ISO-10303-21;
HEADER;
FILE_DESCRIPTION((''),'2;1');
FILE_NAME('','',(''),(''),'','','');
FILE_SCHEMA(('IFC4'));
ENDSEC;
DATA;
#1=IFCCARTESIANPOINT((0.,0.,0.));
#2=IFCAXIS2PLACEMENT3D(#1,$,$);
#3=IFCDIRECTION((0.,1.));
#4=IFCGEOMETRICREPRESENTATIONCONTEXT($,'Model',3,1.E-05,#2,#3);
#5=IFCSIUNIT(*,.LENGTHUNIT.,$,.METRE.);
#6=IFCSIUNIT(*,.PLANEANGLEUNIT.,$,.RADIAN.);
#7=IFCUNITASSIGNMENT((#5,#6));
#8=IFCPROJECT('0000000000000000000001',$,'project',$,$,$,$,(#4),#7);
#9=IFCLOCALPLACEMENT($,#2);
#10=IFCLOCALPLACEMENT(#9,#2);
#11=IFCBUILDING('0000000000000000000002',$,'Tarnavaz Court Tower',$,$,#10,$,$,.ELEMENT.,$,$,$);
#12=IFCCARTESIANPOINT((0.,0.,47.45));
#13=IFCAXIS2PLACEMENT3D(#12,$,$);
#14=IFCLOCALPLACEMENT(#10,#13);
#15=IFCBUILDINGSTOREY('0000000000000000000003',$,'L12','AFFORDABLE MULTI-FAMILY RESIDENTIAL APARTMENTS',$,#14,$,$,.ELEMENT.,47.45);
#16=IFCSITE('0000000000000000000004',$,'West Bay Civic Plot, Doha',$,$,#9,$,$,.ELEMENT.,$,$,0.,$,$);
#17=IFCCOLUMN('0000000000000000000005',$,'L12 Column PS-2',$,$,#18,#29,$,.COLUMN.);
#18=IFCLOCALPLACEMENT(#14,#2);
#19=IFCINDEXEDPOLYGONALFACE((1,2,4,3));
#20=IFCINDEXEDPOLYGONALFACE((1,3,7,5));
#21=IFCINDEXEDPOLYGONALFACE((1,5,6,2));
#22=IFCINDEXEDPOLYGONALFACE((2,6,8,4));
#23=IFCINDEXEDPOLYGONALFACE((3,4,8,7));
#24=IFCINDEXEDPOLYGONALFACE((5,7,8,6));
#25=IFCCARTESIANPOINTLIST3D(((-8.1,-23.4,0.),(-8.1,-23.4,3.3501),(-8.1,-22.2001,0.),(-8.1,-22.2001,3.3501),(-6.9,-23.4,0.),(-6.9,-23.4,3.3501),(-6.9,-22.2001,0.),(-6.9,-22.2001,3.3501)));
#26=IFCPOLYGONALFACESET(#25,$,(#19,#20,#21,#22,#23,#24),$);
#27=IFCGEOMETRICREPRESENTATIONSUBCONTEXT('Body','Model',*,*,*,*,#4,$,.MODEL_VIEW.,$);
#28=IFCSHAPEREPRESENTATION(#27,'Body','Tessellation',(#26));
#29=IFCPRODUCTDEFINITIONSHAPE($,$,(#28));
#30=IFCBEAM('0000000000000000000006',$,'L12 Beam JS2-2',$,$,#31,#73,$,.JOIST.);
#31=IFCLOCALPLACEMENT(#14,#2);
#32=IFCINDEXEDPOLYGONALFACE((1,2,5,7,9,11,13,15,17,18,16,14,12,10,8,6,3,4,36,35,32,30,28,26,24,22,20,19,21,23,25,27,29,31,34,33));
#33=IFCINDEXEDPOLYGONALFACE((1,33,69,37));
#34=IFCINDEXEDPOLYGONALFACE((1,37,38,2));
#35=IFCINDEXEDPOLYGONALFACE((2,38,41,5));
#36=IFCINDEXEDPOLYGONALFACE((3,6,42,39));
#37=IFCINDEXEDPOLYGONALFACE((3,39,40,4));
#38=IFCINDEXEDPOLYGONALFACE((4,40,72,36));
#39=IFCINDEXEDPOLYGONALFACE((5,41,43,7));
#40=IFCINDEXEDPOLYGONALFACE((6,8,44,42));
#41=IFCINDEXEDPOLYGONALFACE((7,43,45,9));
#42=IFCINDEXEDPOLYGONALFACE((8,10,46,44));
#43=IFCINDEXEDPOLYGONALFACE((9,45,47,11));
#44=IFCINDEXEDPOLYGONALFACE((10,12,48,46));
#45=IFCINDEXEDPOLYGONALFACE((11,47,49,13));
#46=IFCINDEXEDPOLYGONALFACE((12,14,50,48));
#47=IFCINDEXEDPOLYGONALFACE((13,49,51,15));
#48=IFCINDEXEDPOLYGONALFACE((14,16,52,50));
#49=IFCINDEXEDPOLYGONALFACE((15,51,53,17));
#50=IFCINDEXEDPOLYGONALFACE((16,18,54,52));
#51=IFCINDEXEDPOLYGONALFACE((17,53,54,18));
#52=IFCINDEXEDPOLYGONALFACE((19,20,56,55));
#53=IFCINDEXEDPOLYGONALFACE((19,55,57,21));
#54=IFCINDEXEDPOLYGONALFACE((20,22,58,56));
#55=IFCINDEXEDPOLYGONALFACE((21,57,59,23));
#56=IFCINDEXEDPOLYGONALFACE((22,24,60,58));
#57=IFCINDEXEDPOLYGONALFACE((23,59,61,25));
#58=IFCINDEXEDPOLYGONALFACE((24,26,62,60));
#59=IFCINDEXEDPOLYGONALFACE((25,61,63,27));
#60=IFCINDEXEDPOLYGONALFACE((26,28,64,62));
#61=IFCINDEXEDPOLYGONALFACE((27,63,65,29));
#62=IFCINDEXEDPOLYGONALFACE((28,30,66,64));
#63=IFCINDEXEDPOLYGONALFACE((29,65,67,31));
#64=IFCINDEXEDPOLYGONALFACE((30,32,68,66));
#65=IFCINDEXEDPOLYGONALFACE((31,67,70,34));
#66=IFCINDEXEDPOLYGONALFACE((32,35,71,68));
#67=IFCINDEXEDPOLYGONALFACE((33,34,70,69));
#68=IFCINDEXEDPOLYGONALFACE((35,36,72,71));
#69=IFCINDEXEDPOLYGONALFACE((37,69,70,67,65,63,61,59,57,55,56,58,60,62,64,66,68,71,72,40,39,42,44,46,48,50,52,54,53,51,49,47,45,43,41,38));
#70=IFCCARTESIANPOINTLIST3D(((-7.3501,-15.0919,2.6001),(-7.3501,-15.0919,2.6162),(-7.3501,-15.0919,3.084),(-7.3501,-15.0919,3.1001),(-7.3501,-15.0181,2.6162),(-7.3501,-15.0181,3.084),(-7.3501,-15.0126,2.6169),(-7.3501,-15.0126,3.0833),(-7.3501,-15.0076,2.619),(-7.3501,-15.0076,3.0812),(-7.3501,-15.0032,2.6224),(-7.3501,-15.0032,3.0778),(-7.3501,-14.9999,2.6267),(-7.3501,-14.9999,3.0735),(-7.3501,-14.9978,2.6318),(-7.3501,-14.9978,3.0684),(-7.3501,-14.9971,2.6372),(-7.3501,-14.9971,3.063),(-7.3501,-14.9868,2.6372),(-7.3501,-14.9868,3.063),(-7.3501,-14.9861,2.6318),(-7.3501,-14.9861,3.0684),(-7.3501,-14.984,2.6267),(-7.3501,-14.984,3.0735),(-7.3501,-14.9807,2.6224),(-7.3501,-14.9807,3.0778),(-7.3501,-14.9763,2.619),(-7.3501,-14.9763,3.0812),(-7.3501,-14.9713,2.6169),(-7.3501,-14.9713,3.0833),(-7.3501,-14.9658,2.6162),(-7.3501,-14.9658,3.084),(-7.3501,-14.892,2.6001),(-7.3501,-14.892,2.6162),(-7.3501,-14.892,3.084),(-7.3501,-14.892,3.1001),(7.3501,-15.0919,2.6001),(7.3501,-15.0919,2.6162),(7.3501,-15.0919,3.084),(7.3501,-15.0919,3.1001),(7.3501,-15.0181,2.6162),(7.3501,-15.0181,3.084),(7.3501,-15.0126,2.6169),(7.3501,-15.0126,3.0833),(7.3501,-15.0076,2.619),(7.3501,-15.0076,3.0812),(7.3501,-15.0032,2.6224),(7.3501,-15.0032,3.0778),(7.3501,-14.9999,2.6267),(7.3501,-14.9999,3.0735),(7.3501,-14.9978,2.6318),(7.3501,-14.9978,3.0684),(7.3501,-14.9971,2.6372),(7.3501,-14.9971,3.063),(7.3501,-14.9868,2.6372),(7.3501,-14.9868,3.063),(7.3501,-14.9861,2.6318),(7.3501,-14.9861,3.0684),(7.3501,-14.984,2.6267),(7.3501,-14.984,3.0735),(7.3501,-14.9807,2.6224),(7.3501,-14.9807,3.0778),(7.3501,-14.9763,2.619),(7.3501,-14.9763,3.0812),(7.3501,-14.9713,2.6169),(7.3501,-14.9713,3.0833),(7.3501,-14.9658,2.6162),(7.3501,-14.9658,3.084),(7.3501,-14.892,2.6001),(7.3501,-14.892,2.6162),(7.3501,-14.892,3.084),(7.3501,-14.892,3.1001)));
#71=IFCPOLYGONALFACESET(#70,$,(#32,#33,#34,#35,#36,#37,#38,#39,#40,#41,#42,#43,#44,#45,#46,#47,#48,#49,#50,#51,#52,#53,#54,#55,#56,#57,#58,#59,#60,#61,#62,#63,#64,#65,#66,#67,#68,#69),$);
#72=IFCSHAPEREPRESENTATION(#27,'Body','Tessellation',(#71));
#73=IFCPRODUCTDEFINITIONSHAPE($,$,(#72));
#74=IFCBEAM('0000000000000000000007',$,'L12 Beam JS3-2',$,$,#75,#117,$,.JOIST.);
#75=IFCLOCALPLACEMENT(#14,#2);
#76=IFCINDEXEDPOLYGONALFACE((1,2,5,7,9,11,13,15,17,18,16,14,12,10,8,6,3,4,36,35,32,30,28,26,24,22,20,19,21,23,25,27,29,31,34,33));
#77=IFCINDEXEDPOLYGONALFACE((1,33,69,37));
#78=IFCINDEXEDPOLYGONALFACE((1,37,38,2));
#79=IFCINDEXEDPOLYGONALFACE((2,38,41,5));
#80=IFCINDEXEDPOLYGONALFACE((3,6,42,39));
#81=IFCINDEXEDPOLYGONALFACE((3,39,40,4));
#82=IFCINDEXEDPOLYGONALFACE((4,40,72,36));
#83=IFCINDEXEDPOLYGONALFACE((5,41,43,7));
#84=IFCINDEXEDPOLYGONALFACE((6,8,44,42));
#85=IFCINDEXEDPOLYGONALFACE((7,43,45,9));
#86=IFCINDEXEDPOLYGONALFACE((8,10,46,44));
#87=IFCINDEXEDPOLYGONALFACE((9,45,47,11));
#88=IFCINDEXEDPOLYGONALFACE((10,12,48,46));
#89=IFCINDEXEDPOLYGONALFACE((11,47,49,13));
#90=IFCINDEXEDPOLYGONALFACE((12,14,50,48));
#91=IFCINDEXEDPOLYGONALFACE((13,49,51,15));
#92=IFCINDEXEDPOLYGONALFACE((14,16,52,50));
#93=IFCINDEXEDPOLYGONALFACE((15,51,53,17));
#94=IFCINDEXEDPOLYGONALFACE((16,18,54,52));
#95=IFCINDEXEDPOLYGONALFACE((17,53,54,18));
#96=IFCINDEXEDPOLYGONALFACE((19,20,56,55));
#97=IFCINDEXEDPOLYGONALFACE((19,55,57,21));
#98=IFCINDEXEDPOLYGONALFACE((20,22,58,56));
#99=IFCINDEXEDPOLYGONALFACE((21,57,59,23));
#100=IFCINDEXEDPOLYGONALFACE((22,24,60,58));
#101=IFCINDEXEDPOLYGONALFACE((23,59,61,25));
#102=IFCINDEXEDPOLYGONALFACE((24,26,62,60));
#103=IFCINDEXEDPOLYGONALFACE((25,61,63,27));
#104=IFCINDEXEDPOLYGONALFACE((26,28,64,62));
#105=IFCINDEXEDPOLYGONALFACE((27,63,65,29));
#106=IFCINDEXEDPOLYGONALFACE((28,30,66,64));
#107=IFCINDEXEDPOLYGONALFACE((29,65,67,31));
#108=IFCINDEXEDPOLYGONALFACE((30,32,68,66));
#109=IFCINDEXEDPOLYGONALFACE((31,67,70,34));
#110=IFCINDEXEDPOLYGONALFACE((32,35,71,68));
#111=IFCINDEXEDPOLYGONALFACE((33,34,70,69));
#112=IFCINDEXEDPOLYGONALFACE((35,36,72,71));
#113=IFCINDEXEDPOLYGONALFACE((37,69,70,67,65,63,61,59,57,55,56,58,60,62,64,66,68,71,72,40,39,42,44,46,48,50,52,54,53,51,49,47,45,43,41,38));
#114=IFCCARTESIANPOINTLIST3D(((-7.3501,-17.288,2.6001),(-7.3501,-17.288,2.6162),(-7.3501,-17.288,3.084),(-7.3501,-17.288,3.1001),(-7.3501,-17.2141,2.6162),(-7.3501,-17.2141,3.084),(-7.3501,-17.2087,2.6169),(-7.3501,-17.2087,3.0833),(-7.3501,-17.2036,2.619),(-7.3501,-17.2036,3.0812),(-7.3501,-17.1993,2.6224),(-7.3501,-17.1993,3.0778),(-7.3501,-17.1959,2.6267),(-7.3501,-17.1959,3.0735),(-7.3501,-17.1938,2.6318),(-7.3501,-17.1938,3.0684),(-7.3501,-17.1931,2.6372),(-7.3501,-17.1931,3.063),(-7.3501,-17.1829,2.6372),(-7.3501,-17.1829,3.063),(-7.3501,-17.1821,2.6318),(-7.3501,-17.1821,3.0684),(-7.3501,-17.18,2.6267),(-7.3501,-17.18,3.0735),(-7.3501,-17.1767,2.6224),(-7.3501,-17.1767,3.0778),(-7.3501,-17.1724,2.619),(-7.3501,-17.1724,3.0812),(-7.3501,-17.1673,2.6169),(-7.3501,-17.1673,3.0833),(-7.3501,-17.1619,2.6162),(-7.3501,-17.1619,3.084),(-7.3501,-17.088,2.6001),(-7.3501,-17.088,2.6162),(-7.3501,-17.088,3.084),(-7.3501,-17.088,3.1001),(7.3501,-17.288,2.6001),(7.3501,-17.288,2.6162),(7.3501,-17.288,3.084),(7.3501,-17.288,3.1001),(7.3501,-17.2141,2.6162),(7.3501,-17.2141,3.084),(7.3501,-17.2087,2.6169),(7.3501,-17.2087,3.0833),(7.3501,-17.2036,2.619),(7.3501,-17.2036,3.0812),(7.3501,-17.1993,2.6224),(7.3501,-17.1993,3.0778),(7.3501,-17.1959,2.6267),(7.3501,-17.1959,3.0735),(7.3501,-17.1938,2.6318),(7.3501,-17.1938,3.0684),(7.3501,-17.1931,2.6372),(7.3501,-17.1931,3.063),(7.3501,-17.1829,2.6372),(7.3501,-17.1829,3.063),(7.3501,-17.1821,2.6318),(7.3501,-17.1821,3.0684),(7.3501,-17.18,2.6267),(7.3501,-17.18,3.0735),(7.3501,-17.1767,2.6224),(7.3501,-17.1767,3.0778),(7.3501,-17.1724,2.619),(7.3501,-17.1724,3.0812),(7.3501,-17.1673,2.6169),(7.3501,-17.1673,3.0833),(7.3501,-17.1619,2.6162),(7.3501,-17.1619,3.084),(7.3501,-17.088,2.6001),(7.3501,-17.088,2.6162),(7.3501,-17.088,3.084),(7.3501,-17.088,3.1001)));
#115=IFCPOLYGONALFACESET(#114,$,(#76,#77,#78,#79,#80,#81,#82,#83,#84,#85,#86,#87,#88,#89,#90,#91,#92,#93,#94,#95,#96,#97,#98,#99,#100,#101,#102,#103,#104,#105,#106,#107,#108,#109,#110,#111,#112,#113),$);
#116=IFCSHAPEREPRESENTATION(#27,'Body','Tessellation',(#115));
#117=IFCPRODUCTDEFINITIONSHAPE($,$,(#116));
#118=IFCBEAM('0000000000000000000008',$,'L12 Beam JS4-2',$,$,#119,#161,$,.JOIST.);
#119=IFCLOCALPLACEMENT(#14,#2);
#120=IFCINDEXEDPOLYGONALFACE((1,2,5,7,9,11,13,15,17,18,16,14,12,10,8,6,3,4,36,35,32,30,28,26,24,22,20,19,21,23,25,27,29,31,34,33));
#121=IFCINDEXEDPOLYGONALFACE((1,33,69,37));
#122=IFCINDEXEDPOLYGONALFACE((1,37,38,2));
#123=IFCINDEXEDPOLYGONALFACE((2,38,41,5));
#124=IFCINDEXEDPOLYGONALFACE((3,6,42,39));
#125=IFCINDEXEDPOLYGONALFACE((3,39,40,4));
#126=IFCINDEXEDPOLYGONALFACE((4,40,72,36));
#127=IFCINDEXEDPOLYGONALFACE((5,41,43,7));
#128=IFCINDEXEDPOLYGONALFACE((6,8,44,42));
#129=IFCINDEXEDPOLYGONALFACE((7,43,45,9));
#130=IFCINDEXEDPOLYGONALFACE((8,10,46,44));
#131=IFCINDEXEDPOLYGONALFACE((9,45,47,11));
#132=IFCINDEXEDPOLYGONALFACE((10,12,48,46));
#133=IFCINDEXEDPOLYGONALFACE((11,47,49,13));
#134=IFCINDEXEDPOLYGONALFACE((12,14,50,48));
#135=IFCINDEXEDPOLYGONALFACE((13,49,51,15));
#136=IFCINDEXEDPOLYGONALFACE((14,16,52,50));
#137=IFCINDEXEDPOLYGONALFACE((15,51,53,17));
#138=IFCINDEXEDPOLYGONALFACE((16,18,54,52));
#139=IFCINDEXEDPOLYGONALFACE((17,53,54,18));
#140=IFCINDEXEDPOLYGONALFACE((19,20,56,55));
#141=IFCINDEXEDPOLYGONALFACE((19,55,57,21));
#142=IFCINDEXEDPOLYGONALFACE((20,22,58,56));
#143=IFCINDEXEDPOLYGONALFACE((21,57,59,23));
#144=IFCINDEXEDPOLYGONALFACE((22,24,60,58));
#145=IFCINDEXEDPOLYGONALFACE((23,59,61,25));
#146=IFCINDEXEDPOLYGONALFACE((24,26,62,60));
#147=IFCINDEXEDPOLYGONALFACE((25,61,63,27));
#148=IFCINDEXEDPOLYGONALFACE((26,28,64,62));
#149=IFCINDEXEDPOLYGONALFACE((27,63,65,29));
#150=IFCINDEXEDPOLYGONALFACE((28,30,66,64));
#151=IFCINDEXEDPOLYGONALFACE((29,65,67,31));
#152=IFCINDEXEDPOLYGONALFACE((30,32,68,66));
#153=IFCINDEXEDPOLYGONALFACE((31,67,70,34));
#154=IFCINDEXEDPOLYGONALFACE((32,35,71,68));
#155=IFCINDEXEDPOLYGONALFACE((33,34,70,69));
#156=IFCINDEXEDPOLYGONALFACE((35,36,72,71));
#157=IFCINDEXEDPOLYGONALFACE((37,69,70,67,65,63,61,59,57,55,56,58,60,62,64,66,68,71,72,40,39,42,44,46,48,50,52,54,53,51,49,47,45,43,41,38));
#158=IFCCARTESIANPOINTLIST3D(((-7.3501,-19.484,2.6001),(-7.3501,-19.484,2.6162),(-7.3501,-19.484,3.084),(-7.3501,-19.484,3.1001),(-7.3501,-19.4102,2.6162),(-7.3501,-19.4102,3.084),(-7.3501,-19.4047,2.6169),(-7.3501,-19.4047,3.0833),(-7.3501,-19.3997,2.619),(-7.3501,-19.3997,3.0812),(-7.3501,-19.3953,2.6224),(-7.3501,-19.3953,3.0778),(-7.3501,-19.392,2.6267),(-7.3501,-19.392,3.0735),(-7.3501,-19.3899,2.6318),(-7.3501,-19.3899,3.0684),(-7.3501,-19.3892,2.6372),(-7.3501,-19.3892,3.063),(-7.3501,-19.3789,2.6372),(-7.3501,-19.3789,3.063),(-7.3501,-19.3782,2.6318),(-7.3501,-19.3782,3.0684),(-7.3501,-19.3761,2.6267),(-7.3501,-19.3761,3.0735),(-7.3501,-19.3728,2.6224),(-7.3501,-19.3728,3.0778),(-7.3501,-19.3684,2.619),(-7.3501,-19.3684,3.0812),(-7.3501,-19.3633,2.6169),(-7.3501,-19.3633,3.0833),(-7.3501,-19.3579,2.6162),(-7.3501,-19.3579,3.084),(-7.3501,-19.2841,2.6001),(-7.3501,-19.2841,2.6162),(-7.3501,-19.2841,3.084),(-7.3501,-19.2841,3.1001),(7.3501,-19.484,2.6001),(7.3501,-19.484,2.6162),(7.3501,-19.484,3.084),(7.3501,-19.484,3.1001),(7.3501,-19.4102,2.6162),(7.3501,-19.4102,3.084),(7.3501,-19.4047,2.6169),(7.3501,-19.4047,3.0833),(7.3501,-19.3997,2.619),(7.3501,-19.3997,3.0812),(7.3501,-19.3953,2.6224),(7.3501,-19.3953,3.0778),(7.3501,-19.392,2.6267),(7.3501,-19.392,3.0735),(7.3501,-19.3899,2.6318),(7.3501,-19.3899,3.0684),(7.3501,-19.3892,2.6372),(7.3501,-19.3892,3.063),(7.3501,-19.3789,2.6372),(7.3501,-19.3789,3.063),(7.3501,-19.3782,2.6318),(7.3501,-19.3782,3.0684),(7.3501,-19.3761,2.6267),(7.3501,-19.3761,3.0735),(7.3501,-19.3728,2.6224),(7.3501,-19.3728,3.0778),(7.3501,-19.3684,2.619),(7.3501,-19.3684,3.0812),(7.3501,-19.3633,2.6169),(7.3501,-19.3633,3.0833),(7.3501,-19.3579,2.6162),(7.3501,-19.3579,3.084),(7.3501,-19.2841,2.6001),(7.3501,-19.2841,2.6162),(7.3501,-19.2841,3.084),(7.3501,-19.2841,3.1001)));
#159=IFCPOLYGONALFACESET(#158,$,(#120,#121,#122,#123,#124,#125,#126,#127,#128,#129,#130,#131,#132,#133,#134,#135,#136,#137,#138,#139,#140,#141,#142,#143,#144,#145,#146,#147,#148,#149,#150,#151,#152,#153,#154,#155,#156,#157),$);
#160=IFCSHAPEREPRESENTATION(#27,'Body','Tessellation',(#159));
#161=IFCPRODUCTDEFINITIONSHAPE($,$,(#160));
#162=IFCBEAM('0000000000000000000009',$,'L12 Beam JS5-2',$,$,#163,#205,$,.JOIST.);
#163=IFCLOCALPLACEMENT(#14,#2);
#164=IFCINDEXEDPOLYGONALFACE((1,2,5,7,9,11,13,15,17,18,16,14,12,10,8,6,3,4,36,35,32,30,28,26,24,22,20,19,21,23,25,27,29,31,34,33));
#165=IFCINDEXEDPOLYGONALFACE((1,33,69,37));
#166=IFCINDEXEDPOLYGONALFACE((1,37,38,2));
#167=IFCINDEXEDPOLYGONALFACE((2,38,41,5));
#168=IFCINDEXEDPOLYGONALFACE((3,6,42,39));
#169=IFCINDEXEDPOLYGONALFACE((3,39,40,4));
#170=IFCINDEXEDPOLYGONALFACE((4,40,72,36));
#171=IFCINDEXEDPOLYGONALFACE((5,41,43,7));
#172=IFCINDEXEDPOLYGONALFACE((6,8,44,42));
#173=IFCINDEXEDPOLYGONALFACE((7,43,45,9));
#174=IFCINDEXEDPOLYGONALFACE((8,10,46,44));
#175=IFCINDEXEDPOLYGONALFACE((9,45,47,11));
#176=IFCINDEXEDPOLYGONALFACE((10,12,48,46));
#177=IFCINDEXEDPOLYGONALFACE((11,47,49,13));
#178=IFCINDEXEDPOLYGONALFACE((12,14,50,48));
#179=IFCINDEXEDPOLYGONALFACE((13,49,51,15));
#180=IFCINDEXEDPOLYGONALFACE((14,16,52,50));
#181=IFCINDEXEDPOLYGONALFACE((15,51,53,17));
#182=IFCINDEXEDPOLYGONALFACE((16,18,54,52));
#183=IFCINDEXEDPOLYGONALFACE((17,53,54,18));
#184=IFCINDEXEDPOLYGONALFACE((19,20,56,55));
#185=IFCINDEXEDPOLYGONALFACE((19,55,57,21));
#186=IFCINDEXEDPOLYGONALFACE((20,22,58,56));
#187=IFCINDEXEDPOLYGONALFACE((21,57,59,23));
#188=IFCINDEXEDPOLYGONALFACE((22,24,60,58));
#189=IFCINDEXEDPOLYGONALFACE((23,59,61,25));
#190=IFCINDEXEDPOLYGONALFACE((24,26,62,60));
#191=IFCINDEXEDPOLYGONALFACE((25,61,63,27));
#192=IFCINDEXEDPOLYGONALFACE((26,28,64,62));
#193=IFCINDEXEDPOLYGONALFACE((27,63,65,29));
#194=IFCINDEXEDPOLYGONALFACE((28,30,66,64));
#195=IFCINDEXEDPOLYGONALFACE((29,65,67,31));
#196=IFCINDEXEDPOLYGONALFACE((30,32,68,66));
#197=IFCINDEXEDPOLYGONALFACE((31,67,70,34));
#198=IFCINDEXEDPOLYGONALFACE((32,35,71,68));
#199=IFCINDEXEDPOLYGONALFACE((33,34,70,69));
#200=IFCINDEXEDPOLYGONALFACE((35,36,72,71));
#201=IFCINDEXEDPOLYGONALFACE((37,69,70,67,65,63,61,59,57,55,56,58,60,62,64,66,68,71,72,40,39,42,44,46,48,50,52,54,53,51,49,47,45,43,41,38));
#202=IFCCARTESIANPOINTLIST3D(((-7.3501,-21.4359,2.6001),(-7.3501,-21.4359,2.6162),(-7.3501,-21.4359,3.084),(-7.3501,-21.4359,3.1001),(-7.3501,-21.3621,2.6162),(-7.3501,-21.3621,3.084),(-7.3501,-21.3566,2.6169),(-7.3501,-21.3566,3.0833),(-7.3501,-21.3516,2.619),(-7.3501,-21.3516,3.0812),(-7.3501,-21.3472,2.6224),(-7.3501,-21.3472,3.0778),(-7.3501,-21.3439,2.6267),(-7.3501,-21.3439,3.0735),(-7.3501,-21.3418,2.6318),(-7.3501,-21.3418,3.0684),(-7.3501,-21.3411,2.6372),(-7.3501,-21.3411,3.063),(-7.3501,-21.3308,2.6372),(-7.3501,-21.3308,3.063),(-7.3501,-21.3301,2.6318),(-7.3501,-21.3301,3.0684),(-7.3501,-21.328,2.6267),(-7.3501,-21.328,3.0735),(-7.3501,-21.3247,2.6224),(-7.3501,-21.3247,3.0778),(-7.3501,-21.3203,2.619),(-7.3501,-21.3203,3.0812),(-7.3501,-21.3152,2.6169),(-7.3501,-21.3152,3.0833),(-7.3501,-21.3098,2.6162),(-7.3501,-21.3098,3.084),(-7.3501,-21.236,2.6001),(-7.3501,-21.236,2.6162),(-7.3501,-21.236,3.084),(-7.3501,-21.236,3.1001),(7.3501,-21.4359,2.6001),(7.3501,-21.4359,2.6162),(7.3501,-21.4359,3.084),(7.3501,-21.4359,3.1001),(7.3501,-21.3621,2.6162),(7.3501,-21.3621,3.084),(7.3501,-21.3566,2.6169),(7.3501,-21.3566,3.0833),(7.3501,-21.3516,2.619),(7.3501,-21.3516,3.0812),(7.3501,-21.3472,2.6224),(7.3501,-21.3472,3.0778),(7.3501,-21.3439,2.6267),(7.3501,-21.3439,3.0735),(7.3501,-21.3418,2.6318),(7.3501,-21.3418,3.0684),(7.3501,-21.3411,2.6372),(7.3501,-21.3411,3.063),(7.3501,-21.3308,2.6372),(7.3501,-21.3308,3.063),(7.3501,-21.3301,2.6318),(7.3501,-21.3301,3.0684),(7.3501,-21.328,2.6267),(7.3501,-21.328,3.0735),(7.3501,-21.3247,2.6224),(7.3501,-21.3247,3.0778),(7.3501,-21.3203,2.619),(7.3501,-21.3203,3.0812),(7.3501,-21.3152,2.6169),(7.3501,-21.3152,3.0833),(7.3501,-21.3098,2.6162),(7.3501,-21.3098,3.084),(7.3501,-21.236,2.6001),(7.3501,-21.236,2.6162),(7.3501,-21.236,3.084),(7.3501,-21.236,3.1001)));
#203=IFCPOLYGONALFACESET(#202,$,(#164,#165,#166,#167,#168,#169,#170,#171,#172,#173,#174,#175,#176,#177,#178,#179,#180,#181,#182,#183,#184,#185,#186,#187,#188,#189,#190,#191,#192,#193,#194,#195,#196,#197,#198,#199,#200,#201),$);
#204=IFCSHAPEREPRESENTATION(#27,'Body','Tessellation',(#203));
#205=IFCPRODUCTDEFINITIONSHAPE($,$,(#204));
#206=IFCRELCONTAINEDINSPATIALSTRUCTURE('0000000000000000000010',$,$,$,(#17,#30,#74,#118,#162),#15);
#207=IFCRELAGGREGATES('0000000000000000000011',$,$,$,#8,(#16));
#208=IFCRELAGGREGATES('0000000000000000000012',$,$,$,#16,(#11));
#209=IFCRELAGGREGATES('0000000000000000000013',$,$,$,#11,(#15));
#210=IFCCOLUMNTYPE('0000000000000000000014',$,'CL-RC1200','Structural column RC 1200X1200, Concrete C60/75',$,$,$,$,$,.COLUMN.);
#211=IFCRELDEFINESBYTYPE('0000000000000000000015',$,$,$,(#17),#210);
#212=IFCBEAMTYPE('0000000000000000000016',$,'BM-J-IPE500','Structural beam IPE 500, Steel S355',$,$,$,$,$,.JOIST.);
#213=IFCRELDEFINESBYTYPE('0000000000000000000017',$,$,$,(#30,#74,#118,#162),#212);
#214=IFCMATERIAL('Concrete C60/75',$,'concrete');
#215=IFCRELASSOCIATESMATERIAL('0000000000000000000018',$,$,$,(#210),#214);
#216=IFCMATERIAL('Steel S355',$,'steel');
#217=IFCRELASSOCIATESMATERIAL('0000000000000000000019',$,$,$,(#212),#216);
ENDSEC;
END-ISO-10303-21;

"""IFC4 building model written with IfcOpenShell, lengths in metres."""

from ifc_helpers import new_model, si_unit, direction, frame, origin, origin_2d, place, context, subcontext, project, spatial, rectangle, i_section, extrude, material, material_profile, profile_set, type_object, element, save


model = new_model("IFC4")

# Units and contexts
model_context = context("Model", 3, precision=1e-05, world=origin(), true_north=direction((0.0, 1.0)))
body_context = subcontext(model_context, "Body", "Model", "MODEL_VIEW")
ifc_project = project(units=[si_unit("LENGTHUNIT", "METRE"), si_unit("PLANEANGLEUNIT", "RADIAN")], contexts=[model_context])

# Site, building, storey
site_placement = place(None, origin())
site = spatial("IfcSite", under=ifc_project, at=site_placement, Name="West Bay Civic Plot, Doha", CompositionType="ELEMENT", RefElevation=0.0)
building_placement = place(site_placement, origin())
building = spatial("IfcBuilding", under=site, at=building_placement, Name="Tarnavaz Court Tower", CompositionType="ELEMENT")
storey_placement = place(building_placement, frame((0.0, 0.0, 47.45)))
storey = spatial("IfcBuildingStorey", under=building, at=storey_placement, Name="L12", Description="AFFORDABLE MULTI-FAMILY RESIDENTIAL APARTMENTS", CompositionType="ELEMENT", Elevation=47.45)

# Column
ifc_material_1 = material(Name="Concrete C60/75", Category="concrete")
ifc_material_profile_1 = material_profile(ifc_material_1, rectangle(XDim=1.2, YDim=1.2, at=origin_2d()), Name="RC 1200X1200")
ifc_profile_set_1 = profile_set([ifc_material_profile_1], Name="Concrete C60/75")
column_type = type_object("IfcColumnType", Name="CL-RC1200", Description="Structural column RC 1200X1200, Concrete C60/75", PredefinedType="COLUMN", material=ifc_profile_set_1)
column_placement = place(storey_placement, frame((-7.5, -22.8, 0.0), z_axis=(0.0, 0.0, 1.0), x_axis=(1.0, 0.0, 0.0)))
element("IfcColumn", 1, at=column_placement, inside=storey, type_object=column_type, Name="L12 Column PS-2", PredefinedType="COLUMN", context=body_context, shape_type="SweptSolid", body=[
    extrude(rectangle(XDim=1.2, YDim=1.2, at=origin_2d()), origin(), (0.0, 0.0, 1.0), 3.3501),
])

# Beams
ifc_material_2 = material(Name="Steel S355", Category="steel")
ifc_material_profile_2 = material_profile(ifc_material_2, i_section(OverallWidth=0.2, OverallDepth=0.5, WebThickness=0.0103, FlangeThickness=0.0161, FilletRadius=0.021, at=origin_2d()), Name="IPE 500")
ifc_profile_set_2 = profile_set([ifc_material_profile_2], Name="Steel S355")
beam_type_1 = type_object("IfcBeamType", Name="BM-J-IPE500", Description="Structural beam IPE 500, Steel S355", PredefinedType="JOIST", material=ifc_profile_set_2)
for number, where, z_axis, x_axis, name in (
    (2, (-7.3501, -14.9919, 2.8501), (1.0, 0.0, 0.0), (0.0, 1.0, 0.0), "L12 Beam JS2-2"),
    (3, (-7.3501, -17.188, 2.8501), (1.0, 0.0, 0.0), (0.0, 1.0, 0.0), "L12 Beam JS3-2"),
    (4, (-7.3501, -19.384, 2.8501), (1.0, 0.0, 0.0), (0.0, 1.0, 0.0), "L12 Beam JS4-2"),
    (5, (-7.3501, -21.3359, 2.8501), (1.0, 0.0, 0.0), (0.0, 1.0, 0.0), "L12 Beam JS5-2"),
):
    element("IfcBeam", number, at=place(storey_placement, frame(where, z_axis=z_axis, x_axis=x_axis)), inside=storey, type_object=beam_type_1, Name=name, PredefinedType="JOIST", context=body_context, shape_type="SweptSolid", body=[
        extrude(i_section(OverallWidth=0.2, OverallDepth=0.5, WebThickness=0.0103, FlangeThickness=0.0161, FilletRadius=0.021, at=origin_2d()), origin(), (0.0, 0.0, 1.0), 14.7002),
    ])

save(model, "model.ifc")
